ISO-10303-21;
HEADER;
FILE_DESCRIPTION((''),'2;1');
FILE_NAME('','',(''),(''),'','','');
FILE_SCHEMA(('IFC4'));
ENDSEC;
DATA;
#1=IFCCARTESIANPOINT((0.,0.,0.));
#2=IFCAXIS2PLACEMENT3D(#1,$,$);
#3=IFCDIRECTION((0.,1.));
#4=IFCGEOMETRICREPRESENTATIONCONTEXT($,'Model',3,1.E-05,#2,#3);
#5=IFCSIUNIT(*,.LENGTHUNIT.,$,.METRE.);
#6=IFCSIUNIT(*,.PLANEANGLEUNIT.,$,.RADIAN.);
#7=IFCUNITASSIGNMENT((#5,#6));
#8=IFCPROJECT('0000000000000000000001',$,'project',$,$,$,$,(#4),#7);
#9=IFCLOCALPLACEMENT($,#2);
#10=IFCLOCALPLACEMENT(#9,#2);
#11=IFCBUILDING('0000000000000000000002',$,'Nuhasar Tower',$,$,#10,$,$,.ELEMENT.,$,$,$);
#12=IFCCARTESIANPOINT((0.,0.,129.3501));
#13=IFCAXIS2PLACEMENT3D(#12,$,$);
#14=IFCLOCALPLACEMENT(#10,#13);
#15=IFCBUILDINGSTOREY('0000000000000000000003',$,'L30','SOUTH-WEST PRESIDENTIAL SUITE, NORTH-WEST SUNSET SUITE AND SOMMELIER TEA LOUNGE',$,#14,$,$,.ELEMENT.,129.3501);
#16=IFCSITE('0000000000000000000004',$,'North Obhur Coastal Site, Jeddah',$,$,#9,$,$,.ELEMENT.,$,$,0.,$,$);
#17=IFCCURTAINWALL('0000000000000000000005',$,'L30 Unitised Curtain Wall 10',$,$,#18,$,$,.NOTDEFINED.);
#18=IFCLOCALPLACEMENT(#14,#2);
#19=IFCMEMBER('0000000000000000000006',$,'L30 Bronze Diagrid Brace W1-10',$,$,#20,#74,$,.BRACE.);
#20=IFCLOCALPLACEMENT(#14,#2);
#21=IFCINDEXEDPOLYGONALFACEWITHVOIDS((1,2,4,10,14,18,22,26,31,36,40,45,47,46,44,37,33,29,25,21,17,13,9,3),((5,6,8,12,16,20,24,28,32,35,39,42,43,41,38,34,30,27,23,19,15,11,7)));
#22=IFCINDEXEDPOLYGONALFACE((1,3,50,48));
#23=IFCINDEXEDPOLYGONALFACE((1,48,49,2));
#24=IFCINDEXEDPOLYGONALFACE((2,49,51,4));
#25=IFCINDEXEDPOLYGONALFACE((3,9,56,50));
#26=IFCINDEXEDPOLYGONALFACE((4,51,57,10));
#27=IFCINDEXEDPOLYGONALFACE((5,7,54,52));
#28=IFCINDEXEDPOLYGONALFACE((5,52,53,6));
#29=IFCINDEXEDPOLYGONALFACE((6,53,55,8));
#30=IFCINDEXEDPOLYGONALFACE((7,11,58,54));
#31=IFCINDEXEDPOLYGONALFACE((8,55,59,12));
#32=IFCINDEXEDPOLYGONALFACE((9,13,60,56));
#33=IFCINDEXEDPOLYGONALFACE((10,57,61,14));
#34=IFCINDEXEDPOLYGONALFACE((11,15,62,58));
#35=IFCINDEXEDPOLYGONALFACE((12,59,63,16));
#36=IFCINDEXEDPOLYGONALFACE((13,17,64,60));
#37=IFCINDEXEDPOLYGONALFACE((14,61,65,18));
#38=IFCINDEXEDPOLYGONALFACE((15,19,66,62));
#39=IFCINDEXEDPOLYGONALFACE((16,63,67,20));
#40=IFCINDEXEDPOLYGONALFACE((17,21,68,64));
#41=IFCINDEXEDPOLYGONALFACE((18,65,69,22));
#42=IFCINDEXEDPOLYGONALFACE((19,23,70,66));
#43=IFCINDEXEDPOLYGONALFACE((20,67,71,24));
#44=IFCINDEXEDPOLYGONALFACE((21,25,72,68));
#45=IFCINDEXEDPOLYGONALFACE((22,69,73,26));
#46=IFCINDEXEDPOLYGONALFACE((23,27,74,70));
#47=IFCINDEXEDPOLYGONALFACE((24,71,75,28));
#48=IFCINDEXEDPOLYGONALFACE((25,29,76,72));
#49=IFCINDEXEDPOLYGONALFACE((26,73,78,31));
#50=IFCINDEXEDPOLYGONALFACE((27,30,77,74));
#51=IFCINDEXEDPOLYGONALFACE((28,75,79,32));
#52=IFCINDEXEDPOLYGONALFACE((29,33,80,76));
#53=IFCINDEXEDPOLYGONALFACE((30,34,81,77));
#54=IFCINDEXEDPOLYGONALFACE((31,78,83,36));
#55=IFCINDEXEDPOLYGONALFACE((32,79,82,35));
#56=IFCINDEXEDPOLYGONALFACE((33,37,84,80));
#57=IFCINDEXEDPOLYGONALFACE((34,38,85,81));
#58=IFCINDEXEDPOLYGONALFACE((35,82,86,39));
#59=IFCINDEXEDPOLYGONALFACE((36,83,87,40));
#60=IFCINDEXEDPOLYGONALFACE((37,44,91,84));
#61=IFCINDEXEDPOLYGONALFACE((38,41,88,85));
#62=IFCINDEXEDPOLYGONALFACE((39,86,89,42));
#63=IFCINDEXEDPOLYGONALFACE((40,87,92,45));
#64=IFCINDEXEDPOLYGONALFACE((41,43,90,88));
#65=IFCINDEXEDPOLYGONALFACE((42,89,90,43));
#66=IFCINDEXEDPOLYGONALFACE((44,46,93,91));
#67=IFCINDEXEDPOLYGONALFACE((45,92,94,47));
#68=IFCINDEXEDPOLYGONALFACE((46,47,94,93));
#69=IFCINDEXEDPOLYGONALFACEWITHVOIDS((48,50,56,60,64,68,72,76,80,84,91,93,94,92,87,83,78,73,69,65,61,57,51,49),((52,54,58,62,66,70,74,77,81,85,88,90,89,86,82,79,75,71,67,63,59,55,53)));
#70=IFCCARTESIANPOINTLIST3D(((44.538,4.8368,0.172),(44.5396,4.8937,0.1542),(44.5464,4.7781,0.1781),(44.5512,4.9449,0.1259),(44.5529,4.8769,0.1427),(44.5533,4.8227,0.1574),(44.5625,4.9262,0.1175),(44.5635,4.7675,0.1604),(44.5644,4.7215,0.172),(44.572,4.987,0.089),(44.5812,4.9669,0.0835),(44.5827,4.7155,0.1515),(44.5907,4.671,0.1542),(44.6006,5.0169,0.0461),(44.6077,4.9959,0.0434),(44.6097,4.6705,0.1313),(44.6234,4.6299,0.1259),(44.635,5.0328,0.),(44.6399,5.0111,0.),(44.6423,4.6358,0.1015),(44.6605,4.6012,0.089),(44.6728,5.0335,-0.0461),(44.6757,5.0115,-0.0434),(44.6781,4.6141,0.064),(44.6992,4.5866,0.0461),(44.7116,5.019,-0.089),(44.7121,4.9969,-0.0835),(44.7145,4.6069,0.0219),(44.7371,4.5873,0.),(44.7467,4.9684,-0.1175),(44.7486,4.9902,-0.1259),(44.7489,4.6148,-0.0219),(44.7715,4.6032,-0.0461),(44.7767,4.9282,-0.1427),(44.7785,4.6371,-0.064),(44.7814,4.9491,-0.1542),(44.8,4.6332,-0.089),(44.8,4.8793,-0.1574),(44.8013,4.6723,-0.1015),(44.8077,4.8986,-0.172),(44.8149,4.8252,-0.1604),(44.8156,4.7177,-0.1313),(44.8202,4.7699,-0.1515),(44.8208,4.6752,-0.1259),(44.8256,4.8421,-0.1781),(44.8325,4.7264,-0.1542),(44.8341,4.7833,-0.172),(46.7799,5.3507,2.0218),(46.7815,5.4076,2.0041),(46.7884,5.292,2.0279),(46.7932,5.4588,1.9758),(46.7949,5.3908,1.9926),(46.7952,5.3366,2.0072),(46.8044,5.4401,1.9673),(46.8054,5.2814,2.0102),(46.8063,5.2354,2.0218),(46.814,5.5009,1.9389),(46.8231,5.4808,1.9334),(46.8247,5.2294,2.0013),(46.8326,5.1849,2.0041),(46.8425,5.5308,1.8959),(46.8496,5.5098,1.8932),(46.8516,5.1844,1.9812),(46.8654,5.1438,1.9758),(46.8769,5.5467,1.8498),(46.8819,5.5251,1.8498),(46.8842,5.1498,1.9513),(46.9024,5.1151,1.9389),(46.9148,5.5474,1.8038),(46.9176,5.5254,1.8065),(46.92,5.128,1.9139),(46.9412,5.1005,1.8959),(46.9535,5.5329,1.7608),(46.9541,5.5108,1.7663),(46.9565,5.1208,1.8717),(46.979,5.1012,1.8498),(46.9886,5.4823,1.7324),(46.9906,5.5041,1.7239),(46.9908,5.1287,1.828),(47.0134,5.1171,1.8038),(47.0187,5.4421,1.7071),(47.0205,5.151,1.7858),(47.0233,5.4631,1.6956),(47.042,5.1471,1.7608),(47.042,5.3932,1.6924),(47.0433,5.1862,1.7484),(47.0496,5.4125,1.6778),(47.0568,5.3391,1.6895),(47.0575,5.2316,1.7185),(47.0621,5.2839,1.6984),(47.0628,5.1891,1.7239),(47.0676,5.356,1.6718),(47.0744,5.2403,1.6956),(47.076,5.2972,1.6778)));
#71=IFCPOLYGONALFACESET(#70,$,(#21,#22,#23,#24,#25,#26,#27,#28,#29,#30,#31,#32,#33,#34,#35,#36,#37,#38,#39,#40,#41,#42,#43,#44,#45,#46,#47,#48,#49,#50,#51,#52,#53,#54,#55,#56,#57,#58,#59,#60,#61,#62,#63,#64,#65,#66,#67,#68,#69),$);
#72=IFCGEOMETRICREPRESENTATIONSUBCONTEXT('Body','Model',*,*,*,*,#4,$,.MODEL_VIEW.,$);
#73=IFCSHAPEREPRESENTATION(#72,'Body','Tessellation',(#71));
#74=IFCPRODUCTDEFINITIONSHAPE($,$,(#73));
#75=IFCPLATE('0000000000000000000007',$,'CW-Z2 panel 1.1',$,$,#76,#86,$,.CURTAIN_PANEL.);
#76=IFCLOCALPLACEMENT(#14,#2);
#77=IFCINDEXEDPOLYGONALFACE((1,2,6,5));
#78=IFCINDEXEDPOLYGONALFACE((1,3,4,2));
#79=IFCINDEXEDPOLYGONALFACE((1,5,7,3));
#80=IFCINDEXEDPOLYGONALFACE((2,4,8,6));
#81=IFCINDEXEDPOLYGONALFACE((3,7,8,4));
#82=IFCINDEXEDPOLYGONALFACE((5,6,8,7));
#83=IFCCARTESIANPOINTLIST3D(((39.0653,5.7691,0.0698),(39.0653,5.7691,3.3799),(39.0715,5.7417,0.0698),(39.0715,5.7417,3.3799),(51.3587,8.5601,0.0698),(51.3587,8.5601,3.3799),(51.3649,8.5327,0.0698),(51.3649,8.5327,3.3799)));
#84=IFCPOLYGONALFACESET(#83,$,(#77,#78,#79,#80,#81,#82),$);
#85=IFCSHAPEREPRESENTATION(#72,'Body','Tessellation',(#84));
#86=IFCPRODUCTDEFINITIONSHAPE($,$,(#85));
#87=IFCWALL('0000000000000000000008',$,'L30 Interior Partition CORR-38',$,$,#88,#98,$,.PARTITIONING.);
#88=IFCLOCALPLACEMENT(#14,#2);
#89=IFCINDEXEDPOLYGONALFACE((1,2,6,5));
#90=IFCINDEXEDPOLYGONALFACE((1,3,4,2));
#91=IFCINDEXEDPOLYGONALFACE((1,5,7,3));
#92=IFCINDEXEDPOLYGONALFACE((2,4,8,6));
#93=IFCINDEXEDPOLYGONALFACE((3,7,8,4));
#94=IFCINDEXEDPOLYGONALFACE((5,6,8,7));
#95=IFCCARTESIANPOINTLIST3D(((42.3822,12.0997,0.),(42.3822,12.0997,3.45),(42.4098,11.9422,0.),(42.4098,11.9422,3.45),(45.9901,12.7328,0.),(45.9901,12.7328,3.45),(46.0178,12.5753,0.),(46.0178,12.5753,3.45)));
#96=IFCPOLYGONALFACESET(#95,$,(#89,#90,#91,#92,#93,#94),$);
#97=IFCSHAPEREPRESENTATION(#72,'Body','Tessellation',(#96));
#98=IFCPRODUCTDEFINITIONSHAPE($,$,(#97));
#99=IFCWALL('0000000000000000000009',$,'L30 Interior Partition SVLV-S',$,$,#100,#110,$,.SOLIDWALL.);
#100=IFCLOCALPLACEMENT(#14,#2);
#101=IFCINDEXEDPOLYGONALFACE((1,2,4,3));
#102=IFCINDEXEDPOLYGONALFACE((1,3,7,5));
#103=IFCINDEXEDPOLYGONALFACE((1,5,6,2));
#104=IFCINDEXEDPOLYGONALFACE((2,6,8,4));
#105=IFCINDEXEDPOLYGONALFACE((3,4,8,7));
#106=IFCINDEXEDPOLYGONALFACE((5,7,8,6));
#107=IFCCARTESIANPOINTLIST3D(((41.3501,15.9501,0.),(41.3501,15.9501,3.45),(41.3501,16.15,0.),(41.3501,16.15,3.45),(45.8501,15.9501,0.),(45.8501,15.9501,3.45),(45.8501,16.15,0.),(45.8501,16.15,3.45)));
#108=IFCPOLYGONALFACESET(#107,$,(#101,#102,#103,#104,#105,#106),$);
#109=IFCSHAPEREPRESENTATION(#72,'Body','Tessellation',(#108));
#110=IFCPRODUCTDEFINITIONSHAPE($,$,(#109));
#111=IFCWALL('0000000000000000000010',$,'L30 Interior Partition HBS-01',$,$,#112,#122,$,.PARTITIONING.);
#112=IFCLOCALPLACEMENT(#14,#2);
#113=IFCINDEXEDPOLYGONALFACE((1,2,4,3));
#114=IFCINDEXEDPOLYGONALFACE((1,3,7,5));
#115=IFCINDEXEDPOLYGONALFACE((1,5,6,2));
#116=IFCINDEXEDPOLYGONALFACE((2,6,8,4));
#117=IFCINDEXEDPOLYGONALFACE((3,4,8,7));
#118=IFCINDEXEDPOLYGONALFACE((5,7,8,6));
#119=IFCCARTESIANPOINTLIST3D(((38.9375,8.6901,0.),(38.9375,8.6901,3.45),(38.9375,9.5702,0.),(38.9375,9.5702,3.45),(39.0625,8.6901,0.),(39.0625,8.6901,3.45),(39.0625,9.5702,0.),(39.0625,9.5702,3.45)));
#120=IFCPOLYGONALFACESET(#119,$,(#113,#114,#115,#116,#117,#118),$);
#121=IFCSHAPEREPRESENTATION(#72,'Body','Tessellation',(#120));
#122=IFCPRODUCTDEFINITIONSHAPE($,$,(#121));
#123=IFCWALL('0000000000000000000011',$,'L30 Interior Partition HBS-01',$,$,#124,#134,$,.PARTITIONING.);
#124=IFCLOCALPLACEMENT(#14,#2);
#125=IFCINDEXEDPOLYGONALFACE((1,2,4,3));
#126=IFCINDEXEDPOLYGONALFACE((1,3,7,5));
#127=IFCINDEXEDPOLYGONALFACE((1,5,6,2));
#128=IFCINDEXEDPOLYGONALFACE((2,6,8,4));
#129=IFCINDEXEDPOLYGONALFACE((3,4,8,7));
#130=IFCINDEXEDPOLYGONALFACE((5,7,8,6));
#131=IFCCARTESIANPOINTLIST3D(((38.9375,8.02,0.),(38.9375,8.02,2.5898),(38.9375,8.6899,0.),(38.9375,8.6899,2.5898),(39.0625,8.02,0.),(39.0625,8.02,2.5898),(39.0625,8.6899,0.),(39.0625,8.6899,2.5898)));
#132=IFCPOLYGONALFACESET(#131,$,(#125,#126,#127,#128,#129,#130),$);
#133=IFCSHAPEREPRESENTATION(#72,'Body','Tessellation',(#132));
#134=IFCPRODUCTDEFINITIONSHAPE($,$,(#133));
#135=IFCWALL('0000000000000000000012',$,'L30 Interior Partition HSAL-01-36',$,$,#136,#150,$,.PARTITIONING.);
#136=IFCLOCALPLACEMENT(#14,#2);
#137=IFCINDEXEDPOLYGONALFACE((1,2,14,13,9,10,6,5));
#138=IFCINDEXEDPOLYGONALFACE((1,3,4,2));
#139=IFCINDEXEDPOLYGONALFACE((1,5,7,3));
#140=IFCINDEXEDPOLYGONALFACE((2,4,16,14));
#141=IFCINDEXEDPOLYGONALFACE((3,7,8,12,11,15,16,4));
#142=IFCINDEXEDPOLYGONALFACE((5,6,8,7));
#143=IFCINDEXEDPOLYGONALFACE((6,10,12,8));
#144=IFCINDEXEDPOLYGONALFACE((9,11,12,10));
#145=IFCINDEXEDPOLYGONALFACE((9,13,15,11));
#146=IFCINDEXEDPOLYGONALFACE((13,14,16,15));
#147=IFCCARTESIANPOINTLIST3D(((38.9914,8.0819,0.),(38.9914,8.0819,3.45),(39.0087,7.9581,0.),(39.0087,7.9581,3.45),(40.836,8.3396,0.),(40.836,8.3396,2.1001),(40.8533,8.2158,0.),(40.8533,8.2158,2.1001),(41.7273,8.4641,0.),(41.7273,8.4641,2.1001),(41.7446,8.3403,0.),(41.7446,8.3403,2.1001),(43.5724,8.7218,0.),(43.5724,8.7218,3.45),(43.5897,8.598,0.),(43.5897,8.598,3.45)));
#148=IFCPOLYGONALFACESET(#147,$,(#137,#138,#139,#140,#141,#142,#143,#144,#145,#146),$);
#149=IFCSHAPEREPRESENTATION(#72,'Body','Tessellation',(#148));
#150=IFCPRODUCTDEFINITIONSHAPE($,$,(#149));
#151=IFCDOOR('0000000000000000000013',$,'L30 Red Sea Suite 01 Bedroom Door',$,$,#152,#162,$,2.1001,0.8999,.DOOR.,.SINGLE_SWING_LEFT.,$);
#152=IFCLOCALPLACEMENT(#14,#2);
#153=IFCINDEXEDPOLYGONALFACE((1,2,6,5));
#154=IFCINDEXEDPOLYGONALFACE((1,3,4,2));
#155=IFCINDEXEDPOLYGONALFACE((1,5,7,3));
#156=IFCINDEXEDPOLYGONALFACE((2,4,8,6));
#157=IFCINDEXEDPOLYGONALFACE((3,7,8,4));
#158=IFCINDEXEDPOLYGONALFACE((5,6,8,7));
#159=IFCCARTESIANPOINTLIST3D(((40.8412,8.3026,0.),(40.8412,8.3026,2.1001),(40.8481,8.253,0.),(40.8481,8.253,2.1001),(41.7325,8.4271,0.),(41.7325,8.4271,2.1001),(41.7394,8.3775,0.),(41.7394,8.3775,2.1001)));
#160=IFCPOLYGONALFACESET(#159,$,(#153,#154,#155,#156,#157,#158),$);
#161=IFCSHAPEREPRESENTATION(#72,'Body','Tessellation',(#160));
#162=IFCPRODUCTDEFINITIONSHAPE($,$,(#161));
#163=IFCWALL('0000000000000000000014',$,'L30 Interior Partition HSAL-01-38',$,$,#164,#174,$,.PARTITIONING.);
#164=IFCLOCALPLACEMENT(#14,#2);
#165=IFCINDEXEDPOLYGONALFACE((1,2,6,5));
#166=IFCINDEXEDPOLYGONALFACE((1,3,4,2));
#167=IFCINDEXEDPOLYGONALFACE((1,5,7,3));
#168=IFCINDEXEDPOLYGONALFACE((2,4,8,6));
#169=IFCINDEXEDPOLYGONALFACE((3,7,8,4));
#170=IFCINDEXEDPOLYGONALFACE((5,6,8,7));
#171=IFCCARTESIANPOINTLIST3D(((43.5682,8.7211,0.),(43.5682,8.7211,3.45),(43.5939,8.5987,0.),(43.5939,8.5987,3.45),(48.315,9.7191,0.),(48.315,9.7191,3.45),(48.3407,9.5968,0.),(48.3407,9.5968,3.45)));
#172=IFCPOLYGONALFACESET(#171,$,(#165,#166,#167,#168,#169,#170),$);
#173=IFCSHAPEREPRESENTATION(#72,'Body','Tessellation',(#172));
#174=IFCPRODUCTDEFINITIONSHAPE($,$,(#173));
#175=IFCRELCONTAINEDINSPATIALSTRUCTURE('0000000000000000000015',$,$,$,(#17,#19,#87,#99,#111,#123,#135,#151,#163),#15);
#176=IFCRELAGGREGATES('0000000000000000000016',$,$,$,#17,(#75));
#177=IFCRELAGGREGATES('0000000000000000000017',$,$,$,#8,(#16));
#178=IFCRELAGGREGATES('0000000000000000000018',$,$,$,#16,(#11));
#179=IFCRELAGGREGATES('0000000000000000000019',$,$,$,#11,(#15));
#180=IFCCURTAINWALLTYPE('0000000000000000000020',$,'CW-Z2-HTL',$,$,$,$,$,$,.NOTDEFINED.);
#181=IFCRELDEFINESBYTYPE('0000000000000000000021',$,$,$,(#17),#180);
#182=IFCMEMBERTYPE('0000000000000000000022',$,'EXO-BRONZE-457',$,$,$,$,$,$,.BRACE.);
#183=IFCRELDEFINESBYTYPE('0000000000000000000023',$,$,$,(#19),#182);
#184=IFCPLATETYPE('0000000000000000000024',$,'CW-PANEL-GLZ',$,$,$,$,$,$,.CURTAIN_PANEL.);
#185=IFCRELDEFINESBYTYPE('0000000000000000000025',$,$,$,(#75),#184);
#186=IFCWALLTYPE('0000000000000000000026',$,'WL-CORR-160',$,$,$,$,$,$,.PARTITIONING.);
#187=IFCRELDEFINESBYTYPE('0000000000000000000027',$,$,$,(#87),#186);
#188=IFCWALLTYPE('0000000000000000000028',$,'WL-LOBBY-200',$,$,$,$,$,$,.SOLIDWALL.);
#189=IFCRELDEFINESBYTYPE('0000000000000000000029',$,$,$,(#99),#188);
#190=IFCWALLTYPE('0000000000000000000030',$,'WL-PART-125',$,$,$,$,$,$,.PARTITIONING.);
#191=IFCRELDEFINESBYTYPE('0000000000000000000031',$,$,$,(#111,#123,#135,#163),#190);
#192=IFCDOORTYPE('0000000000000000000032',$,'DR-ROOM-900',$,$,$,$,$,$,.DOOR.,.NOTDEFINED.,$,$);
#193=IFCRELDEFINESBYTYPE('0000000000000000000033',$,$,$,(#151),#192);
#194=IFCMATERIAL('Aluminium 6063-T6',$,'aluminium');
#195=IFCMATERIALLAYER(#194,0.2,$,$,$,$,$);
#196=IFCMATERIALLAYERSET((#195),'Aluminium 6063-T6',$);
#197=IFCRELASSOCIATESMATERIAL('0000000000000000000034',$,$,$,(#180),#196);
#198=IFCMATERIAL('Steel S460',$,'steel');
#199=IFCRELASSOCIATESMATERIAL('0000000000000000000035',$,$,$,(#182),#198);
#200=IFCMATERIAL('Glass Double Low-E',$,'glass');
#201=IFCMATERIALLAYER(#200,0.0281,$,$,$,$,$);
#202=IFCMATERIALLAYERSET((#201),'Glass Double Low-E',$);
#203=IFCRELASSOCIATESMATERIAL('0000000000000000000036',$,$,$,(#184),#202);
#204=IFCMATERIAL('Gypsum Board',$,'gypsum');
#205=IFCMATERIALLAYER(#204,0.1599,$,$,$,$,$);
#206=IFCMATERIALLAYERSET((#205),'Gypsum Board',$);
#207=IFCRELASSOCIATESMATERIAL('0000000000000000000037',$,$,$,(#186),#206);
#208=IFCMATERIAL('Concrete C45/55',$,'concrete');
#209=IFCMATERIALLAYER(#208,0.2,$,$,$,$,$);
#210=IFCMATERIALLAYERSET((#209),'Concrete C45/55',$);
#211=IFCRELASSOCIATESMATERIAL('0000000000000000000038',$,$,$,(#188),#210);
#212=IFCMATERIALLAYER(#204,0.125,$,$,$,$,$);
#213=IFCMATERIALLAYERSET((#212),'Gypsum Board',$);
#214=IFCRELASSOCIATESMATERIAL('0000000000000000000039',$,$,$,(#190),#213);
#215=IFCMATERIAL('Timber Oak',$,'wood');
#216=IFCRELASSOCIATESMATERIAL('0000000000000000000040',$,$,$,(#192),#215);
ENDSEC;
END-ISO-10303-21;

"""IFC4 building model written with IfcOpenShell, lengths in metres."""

from ifc_helpers import new_model, si_unit, direction, frame, frame_2d, origin, origin_2d, place, context, subcontext, project, spatial, rectangle, hollow_circle, extrude, material, layer, layer_set, material_profile, profile_set, type_object, element, fill, aggregate, save


model = new_model("IFC4")

# Units and contexts
model_context = context("Model", 3, precision=1e-05, world=origin(), true_north=direction((0.0, 1.0)))
body_context = subcontext(model_context, "Body", "Model", "MODEL_VIEW")
ifc_project = project(units=[si_unit("LENGTHUNIT", "METRE"), si_unit("PLANEANGLEUNIT", "RADIAN")], contexts=[model_context])

# Site, building, storey
site_placement = place(None, origin())
site = spatial("IfcSite", under=ifc_project, at=site_placement, Name="North Obhur Coastal Site, Jeddah", CompositionType="ELEMENT", RefElevation=0.0)
building_placement = place(site_placement, origin())
building = spatial("IfcBuilding", under=site, at=building_placement, Name="Nuhasar Tower", CompositionType="ELEMENT")
storey_placement = place(building_placement, frame((0.0, 0.0, 129.3501)))
storey = spatial("IfcBuildingStorey", under=building, at=storey_placement, Name="L30", Description="SOUTH-WEST PRESIDENTIAL SUITE, NORTH-WEST SUNSET SUITE AND SOMMELIER TEA LOUNGE", CompositionType="ELEMENT", Elevation=129.3501)

# Curtain wall
ifc_material_1 = material(Name="Aluminium 6063-T6", Category="aluminium")
ifc_layer_1 = layer(ifc_material_1, 0.2)
ifc_layer_set_1 = layer_set([ifc_layer_1], Name="Aluminium 6063-T6")
curtain_wall_type = type_object("IfcCurtainWallType", Name="CW-Z2-HTL", PredefinedType="NOTDEFINED", material=ifc_layer_set_1)
curtain_wall_placement = place(storey_placement, origin())
curtain_wall = element("IfcCurtainWall", 1, at=curtain_wall_placement, inside=storey, type_object=curtain_wall_type, Name="L30 Unitised Curtain Wall 10", PredefinedType="NOTDEFINED")

# Member
ifc_material_2 = material(Name="Steel S460", Category="steel")
ifc_material_profile_1 = material_profile(ifc_material_2, hollow_circle(Radius=0.2285, WallThickness=0.0222, at=origin_2d()), Name="HSS457X22.2")
ifc_profile_set_1 = profile_set([ifc_material_profile_1], Name="Steel S460")
member_type_1 = type_object("IfcMemberType", Name="EXO-BRONZE-457", PredefinedType="BRACE", material=ifc_profile_set_1)
member_1_placement = place(storey_placement, frame((44.686, 4.8101, 0.0), z_axis=(0.75955, 0.17411, 0.626713), x_axis=(-0.223433, 0.974719, 0.0)))
element("IfcMember", 2, at=member_1_placement, inside=storey, type_object=member_type_1, Name="L30 Bronze Diagrid Brace W1-10", PredefinedType="BRACE", context=body_context, shape_type="SweptSolid", body=[
    extrude(hollow_circle(Radius=0.2285, WallThickness=0.0222, at=origin_2d()), origin(), (0.0, 0.0, 1.0), 2.9517),
])

# Plate
ifc_material_3 = material(Name="Glass Double Low-E", Category="glass")
ifc_layer_2 = layer(ifc_material_3, 0.0281)
ifc_layer_set_2 = layer_set([ifc_layer_2], Name="Glass Double Low-E")
plate_type = type_object("IfcPlateType", Name="CW-PANEL-GLZ", PredefinedType="CURTAIN_PANEL", material=ifc_layer_set_2)
plate_placement = place(storey_placement, frame((45.2151, 7.1509, 0.0698), z_axis=(0.0, 0.0, 1.0), x_axis=(0.975184, 0.221397, 0.0)))
plate = element("IfcPlate", 3, at=plate_placement, type_object=plate_type, Name="CW-Z2 panel 1.1", PredefinedType="CURTAIN_PANEL", context=body_context, shape_type="SweptSolid", body=[
    extrude(rectangle(XDim=12.6062, YDim=0.0281, at=origin_2d()), origin(), (0.0, 0.0, 1.0), 3.3101),
])
aggregate(curtain_wall, [plate])

# Shared definitions
ifc_material_4 = material(Name="Gypsum Board", Category="gypsum")
ifc_layer_3 = layer(ifc_material_4, 0.1599)
ifc_layer_set_3 = layer_set([ifc_layer_3], Name="Gypsum Board")
wall_type_1 = type_object("IfcWallType", Name="WL-CORR-160", PredefinedType="PARTITIONING", material=ifc_layer_set_3)
ifc_material_5 = material(Name="Timber Oak", Category="wood")

# Wall
wall_1_placement = place(storey_placement, frame((42.396, 12.021, 0.0), z_axis=(0.0, 0.0, 1.0), x_axis=(0.984953, 0.172823, 0.0)))
element("IfcWall", 4, at=wall_1_placement, inside=storey, type_object=wall_type_1, Name="L30 Interior Partition CORR-38", PredefinedType="PARTITIONING", context=body_context, shape_type="SweptSolid", body=[
    extrude(rectangle(XDim=3.6631, YDim=0.1599, at=frame_2d((1.8315, 0.0))), origin(), (0.0, 0.0, 1.0), 3.45),
])

# Shared definitions
ifc_material_6 = material(Name="Concrete C45/55", Category="concrete")
ifc_layer_4 = layer(ifc_material_6, 0.2)
ifc_layer_set_4 = layer_set([ifc_layer_4], Name="Concrete C45/55")
wall_type_2 = type_object("IfcWallType", Name="WL-LOBBY-200", PredefinedType="SOLIDWALL", material=ifc_layer_set_4)

# Walls
wall_2_placement = place(storey_placement, frame((41.3501, 16.05, 0.0), z_axis=(0.0, 0.0, 1.0), x_axis=(1.0, 0.0, 0.0)))
element("IfcWall", 5, at=wall_2_placement, inside=storey, type_object=wall_type_2, Name="L30 Interior Partition SVLV-S", PredefinedType="SOLIDWALL", context=body_context, shape_type="SweptSolid", body=[
    extrude(rectangle(XDim=4.5, YDim=0.2, at=frame_2d((2.25, 0.0))), origin(), (0.0, 0.0, 1.0), 3.45),
])
ifc_layer_5 = layer(ifc_material_4, 0.125)
ifc_layer_set_5 = layer_set([ifc_layer_5], Name="Gypsum Board")
wall_type_3 = type_object("IfcWallType", Name="WL-PART-125", PredefinedType="PARTITIONING", material=ifc_layer_set_5)
wall_3_placement = place(storey_placement, frame((39.0, 9.5701, 0.0), z_axis=(0.0, 0.0, 1.0), x_axis=(0.0, -1.0, 0.0)))
element("IfcWall", 6, at=wall_3_placement, inside=storey, type_object=wall_type_3, Name="L30 Interior Partition HBS-01", PredefinedType="PARTITIONING", context=body_context, shape_type="SweptSolid", body=[
    extrude(rectangle(XDim=0.8801, YDim=0.125, at=frame_2d((0.4399, 0.0))), origin(), (0.0, 0.0, 1.0), 3.45),
])
wall_4_placement = place(storey_placement, frame((39.0, 8.6899, 0.0), z_axis=(0.0, 0.0, 1.0), x_axis=(0.0, -1.0, 0.0)))
element("IfcWall", 7, at=wall_4_placement, inside=storey, type_object=wall_type_3, Name="L30 Interior Partition HBS-01", PredefinedType="PARTITIONING", context=body_context, shape_type="SweptSolid", body=[
    extrude(rectangle(XDim=0.6699, YDim=0.125, at=frame_2d((0.335, 0.0))), origin(), (0.0, 0.0, 1.0), 2.5898),
])

# Wall, opening, door
wall_5_placement = place(storey_placement, frame((43.5811, 8.6599, 0.0), z_axis=(0.0, 0.0, 1.0), x_axis=(-0.990385, -0.138339, 0.0)))
wall_5 = element("IfcWall", 8, at=wall_5_placement, inside=storey, type_object=wall_type_3, Name="L30 Interior Partition HSAL-01-36", PredefinedType="PARTITIONING", context=body_context, shape_type="SweptSolid", body=[
    extrude(rectangle(XDim=4.6255, YDim=0.125, at=frame_2d((2.3127, 0.0))), origin(), (0.0, 0.0, 1.0), 3.45),
])
opening_1_placement = place(wall_5_placement, frame((1.863, 0.0, 0.0)))
opening_1 = element("IfcOpeningElement", 9, at=opening_1_placement, cuts=wall_5, PredefinedType="OPENING", context=body_context, shape_type="SweptSolid", body=[
    extrude(rectangle(XDim=0.8999, YDim=2.1001, at=frame_2d((0.45, 1.05))), frame((0.0, 0.0725, 0.0), z_axis=(0.0, -1.0, 0.0), x_axis=(1.0, 0.0, 0.0)), (0.0, 0.0, 1.0), 0.145),
])
door_type_1 = type_object("IfcDoorType", Name="DR-ROOM-900", OperationType="NOTDEFINED", PredefinedType="DOOR", material=ifc_material_5)
door_1_placement = place(opening_1_placement, origin())
door_1 = element("IfcDoor", 10, at=door_1_placement, inside=storey, type_object=door_type_1, Name="L30 Red Sea Suite 01 Bedroom Door", OperationType="SINGLE_SWING_LEFT", OverallHeight=2.1001, OverallWidth=0.8999, PredefinedType="DOOR", context=body_context, shape_type="SweptSolid", body=[
    extrude(rectangle(XDim=0.8999, YDim=2.1001, at=frame_2d((0.45, 1.05))), frame((0.0, 0.0249, 0.0), z_axis=(0.0, -1.0, 0.0), x_axis=(1.0, 0.0, 0.0)), (0.0, 0.0, 1.0), 0.05),
])
fill(opening_1, door_1)

# Wall
wall_6_placement = place(storey_placement, frame((43.5811, 8.6599, 0.0), z_axis=(0.0, 0.0, 1.0), x_axis=(0.978603, 0.205757, 0.0)))
element("IfcWall", 11, at=wall_6_placement, inside=storey, type_object=wall_type_3, Name="L30 Interior Partition HSAL-01-38", PredefinedType="PARTITIONING", context=body_context, shape_type="SweptSolid", body=[
    extrude(rectangle(XDim=4.8506, YDim=0.125, at=frame_2d((2.4253, 0.0))), origin(), (0.0, 0.0, 1.0), 3.45),
])

save(model, "model.ifc")
